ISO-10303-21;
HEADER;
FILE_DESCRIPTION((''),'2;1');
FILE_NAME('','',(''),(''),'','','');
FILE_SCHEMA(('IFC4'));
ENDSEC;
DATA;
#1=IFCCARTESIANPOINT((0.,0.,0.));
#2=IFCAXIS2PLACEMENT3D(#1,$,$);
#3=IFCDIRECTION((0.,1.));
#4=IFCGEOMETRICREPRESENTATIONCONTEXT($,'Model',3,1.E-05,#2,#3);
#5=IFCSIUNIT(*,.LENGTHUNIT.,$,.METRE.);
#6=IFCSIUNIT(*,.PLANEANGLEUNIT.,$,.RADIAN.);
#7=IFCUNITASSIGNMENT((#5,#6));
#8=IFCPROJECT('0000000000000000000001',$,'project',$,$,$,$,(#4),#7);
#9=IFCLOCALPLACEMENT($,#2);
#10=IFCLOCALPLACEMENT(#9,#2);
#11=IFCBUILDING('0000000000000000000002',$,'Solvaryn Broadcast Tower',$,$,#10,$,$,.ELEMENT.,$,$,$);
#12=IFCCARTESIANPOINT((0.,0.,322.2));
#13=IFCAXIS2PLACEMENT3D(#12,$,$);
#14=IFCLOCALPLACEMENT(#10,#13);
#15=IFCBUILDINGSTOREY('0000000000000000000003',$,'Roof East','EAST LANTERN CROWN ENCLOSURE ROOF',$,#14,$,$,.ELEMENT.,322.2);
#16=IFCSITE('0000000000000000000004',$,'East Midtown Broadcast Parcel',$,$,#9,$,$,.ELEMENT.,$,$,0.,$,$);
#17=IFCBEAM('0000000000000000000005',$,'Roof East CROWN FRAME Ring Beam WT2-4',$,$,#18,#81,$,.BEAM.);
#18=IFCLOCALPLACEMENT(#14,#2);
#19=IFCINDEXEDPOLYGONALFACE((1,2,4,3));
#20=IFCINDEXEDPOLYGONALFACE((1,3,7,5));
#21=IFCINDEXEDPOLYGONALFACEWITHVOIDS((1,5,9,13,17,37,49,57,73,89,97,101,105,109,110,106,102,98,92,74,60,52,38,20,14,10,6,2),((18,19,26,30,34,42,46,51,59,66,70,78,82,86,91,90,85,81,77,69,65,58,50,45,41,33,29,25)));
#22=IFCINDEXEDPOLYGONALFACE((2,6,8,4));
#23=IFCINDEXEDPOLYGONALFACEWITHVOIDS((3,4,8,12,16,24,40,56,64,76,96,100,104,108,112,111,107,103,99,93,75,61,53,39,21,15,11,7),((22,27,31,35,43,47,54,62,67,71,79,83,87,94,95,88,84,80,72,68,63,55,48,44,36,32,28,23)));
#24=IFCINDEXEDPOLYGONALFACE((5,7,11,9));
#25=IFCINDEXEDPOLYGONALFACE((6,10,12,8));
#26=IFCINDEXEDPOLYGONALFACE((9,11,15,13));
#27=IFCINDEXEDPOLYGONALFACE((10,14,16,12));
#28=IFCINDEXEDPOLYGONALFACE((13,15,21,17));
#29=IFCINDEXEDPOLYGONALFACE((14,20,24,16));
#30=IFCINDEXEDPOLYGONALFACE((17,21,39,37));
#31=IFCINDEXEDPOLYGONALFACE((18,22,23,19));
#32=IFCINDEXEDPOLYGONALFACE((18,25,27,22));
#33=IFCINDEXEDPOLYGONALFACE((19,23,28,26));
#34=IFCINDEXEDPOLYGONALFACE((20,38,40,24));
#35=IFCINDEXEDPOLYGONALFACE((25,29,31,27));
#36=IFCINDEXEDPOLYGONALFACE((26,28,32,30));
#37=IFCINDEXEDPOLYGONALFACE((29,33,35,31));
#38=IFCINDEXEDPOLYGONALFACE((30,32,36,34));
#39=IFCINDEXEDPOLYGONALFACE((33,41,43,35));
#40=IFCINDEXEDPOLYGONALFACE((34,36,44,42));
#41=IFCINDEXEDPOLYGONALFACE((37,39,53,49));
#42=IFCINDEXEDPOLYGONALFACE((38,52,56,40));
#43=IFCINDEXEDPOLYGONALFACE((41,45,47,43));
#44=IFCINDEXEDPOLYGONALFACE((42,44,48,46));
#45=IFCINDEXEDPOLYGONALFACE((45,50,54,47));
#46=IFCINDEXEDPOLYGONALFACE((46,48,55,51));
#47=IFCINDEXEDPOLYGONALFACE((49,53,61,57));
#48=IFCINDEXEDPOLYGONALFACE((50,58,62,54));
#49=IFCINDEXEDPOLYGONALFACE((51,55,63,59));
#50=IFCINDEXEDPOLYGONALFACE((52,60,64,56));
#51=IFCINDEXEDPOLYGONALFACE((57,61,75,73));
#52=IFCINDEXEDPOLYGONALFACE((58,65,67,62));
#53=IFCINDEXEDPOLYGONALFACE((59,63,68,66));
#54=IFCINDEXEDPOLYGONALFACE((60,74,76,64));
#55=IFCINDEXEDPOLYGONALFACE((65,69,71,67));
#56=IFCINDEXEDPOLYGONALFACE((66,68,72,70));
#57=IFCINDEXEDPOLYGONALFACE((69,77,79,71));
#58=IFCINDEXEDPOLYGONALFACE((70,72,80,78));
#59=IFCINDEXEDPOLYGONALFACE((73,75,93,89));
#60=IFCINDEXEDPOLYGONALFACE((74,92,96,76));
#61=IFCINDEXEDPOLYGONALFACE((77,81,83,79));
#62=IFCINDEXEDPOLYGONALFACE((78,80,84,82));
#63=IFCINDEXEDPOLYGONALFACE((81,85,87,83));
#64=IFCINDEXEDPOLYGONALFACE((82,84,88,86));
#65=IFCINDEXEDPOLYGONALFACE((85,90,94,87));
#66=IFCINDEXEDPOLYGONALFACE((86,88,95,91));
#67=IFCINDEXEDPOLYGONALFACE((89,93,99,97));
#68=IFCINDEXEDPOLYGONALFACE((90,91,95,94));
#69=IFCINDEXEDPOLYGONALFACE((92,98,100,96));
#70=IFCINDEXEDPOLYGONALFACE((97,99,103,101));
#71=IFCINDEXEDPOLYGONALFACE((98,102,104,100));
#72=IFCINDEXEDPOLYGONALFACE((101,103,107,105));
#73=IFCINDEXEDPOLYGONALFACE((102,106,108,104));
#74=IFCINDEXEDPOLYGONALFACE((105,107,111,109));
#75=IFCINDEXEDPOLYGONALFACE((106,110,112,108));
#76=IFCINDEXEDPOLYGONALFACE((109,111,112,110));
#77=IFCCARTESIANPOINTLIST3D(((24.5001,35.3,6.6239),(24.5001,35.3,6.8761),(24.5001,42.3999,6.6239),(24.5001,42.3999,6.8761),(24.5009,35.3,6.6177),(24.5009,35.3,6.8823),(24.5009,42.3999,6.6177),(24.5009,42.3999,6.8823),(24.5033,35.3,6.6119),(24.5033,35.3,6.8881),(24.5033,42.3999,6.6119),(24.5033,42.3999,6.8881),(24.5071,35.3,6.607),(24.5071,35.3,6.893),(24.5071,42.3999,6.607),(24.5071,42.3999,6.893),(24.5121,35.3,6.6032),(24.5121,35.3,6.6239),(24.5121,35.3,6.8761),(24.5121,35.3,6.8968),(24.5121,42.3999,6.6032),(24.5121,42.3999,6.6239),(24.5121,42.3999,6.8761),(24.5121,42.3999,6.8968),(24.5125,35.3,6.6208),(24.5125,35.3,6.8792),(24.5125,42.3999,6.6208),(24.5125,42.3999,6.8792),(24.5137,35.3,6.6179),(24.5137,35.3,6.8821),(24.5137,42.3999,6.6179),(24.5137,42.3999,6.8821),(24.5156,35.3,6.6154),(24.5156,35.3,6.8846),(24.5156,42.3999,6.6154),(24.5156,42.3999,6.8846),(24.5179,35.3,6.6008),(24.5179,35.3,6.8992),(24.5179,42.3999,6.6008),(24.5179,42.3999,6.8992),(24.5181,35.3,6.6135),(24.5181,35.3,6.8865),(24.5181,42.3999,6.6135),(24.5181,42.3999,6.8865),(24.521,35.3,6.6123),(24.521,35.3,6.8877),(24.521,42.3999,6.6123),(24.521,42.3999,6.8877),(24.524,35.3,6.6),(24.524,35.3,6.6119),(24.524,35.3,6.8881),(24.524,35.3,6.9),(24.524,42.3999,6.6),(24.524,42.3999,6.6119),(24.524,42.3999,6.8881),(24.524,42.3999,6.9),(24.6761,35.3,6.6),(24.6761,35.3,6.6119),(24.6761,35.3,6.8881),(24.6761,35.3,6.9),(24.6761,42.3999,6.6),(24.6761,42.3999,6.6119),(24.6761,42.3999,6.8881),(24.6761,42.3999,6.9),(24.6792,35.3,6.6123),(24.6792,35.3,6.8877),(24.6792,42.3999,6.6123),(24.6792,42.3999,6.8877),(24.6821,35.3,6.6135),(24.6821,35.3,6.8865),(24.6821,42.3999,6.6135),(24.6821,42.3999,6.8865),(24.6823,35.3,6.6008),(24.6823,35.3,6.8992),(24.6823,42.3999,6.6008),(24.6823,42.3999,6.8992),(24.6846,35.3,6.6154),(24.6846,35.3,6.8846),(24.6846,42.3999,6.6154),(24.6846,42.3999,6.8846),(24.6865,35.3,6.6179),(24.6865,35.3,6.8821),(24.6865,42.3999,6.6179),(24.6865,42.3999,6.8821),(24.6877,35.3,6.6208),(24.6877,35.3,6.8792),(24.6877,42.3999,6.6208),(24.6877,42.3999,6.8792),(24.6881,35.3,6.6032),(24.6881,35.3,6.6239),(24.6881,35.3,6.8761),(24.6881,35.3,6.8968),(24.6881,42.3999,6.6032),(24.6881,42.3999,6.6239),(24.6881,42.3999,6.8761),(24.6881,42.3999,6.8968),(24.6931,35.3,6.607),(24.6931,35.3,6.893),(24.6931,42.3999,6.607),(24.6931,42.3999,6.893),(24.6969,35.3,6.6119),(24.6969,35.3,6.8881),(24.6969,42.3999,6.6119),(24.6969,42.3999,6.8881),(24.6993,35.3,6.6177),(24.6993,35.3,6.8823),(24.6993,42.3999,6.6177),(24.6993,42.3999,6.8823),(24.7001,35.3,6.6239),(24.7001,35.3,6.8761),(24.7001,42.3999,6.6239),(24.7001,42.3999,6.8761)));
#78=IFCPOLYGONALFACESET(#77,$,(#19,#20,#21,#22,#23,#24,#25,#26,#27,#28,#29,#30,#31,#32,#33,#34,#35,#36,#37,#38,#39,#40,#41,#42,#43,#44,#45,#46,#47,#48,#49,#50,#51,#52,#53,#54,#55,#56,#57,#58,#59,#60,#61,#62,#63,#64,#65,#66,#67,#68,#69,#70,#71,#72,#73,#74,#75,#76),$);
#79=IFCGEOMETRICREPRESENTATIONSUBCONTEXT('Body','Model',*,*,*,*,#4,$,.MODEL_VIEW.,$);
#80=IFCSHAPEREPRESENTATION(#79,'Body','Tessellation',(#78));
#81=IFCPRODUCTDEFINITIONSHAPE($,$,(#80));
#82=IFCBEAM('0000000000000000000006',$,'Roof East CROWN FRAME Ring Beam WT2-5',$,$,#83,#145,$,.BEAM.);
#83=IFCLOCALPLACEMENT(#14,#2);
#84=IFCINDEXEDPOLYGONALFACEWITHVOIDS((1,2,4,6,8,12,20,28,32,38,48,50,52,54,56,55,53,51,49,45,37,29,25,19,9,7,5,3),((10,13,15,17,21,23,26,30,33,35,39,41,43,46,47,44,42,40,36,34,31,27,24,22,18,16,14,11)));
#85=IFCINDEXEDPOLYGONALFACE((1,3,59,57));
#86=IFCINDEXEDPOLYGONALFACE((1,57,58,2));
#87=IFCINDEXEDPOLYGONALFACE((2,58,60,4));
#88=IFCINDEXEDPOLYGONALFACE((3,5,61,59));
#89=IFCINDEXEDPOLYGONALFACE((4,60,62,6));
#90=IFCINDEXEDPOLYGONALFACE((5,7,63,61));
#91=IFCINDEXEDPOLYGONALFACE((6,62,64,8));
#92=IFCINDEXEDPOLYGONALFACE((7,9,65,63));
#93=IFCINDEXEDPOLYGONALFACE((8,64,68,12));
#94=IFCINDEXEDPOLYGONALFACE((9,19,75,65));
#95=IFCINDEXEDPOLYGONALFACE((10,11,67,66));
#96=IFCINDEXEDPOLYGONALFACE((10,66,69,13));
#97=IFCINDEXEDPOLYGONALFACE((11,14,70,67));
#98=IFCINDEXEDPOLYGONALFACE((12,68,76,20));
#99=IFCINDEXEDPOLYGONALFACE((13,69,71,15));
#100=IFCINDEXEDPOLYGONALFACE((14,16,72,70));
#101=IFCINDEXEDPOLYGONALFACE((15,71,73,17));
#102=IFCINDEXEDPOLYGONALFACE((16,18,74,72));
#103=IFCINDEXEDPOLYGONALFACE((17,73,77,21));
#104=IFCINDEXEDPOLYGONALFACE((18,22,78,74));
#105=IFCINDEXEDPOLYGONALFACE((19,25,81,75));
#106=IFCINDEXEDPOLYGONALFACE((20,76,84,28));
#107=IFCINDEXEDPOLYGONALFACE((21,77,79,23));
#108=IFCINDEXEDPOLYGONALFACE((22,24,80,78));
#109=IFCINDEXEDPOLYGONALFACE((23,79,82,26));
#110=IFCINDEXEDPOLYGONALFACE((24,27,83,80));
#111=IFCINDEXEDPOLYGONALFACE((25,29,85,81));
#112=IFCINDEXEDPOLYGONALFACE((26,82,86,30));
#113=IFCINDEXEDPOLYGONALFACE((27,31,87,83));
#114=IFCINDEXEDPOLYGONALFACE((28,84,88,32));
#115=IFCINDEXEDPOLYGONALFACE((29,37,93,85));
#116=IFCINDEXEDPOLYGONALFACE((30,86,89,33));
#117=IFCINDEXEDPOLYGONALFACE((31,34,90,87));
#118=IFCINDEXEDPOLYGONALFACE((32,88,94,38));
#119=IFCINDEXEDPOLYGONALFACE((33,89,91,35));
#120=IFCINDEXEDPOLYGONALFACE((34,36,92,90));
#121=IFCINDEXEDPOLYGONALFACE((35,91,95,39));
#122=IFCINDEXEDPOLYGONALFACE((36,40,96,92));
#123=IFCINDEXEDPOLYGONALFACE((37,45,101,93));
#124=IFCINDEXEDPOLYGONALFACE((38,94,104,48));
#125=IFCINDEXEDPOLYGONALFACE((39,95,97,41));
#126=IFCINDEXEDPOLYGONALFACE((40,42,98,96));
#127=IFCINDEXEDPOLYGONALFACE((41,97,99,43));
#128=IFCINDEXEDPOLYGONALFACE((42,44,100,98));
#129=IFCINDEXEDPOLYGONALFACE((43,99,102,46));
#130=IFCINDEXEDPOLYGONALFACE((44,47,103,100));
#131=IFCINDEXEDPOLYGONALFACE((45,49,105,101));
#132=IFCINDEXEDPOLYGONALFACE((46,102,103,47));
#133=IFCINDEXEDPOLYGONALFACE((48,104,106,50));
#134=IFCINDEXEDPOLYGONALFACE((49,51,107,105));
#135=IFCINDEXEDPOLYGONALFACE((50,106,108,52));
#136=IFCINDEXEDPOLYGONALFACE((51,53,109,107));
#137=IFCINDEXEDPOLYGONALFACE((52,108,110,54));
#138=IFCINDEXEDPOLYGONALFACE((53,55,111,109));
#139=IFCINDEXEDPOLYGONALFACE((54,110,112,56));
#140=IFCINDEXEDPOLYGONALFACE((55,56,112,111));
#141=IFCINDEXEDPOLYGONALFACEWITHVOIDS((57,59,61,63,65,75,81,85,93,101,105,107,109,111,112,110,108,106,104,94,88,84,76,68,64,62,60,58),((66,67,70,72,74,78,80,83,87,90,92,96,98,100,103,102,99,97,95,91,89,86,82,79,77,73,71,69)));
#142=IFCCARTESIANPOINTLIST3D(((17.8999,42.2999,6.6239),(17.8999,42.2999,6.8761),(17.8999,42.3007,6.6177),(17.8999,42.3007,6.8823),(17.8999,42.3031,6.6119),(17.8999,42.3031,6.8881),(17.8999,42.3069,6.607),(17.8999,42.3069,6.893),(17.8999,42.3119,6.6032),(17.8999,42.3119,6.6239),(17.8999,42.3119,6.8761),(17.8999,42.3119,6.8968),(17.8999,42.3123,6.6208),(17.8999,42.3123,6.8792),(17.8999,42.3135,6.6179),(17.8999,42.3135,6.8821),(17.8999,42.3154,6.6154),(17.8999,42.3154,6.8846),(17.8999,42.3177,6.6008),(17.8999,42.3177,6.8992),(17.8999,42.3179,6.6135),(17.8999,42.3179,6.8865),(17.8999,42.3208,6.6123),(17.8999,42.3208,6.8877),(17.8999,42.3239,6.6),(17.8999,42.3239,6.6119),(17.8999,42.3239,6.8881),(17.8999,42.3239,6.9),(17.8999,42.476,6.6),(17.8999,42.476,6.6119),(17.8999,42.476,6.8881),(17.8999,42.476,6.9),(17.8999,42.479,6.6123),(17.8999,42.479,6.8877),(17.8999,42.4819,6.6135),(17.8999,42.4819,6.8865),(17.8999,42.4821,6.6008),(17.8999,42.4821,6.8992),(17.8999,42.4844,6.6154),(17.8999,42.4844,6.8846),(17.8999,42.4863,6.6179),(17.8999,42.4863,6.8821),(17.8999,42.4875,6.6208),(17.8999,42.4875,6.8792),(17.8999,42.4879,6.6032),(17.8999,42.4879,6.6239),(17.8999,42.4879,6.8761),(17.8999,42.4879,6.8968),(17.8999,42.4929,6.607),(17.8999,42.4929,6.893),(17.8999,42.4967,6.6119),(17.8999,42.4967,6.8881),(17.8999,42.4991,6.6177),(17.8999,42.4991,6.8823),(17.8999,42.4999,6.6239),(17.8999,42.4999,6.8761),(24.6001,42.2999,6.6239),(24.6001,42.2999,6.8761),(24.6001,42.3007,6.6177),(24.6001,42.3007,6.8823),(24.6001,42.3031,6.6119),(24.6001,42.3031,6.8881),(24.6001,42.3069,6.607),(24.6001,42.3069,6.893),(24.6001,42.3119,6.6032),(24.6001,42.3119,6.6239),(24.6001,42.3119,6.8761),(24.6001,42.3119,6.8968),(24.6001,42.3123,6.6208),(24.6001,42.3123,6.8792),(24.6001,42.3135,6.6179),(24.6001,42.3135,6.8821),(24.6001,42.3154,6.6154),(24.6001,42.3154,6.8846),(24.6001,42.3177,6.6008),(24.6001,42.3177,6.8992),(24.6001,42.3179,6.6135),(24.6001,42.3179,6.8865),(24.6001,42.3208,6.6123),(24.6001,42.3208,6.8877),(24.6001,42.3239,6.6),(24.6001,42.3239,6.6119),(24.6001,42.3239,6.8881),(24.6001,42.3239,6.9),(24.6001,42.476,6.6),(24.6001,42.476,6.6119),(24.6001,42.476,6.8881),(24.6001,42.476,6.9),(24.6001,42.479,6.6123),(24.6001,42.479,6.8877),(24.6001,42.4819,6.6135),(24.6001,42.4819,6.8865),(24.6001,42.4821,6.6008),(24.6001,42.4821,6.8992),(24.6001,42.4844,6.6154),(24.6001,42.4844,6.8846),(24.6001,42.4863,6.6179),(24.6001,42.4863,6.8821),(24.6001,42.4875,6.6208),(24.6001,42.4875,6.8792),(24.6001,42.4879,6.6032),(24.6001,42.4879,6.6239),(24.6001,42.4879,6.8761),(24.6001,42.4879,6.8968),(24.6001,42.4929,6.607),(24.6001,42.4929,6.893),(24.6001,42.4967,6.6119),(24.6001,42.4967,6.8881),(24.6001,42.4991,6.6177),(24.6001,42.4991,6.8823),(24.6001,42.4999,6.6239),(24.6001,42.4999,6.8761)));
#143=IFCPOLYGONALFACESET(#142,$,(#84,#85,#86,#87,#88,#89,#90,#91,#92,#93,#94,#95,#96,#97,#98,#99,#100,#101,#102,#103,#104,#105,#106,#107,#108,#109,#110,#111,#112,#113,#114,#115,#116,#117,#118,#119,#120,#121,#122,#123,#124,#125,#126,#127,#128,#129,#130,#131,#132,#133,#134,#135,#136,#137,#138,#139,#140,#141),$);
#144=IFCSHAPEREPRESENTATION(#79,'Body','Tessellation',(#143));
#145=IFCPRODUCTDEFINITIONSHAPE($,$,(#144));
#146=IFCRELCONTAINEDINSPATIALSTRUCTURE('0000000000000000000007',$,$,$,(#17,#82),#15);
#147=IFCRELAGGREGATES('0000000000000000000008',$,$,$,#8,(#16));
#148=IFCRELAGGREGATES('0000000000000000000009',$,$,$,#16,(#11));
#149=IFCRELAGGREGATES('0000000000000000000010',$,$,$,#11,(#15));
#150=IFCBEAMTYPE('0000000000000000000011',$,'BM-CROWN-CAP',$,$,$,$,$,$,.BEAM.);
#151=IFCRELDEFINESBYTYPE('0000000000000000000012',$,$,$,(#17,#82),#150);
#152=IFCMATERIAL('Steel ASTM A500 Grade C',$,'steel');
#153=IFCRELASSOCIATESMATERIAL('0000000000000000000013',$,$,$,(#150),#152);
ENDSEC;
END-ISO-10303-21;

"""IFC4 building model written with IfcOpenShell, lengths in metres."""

from ifc_helpers import new_model, si_unit, direction, frame, origin, origin_2d, place, context, subcontext, project, spatial, hollow_rectangle, extrude, material, material_profile, profile_set, type_object, element, save


model = new_model("IFC4")

# Units and contexts
model_context = context("Model", 3, precision=1e-05, world=origin(), true_north=direction((0.0, 1.0)))
body_context = subcontext(model_context, "Body", "Model", "MODEL_VIEW")
ifc_project = project(units=[si_unit("LENGTHUNIT", "METRE"), si_unit("PLANEANGLEUNIT", "RADIAN")], contexts=[model_context])

# Site, building, storey
site_placement = place(None, origin())
site = spatial("IfcSite", under=ifc_project, at=site_placement, Name="East Midtown Broadcast Parcel", CompositionType="ELEMENT", RefElevation=0.0)
building_placement = place(site_placement, origin())
building = spatial("IfcBuilding", under=site, at=building_placement, Name="Solvaryn Broadcast Tower", CompositionType="ELEMENT")
storey_placement = place(building_placement, frame((0.0, 0.0, 322.2)))
storey = spatial("IfcBuildingStorey", under=building, at=storey_placement, Name="Roof East", Description="EAST LANTERN CROWN ENCLOSURE ROOF", CompositionType="ELEMENT", Elevation=322.2)

# Beams
ifc_material_1 = material(Name="Steel ASTM A500 Grade C", Category="steel")
ifc_material_profile_1 = material_profile(ifc_material_1, hollow_rectangle(XDim=0.2, YDim=0.3, WallThickness=0.012, InnerFilletRadius=0.012, OuterFilletRadius=0.0239, at=origin_2d()))
ifc_profile_set_1 = profile_set([ifc_material_profile_1], Name="Steel ASTM A500 Grade C")
beam_type_1 = type_object("IfcBeamType", Name="BM-CROWN-CAP", PredefinedType="BEAM", material=ifc_profile_set_1)
beam_1_placement = place(storey_placement, frame((24.6001, 35.3, 6.75), z_axis=(0.0, 1.0, 0.0), x_axis=(-1.0, 0.0, 0.0)))
element("IfcBeam", 1, at=beam_1_placement, inside=storey, type_object=beam_type_1, Name="Roof East CROWN FRAME Ring Beam WT2-4", PredefinedType="BEAM", context=body_context, shape_type="SweptSolid", body=[
    extrude(hollow_rectangle(XDim=0.2, YDim=0.3, WallThickness=0.012, InnerFilletRadius=0.012, OuterFilletRadius=0.0239, at=origin_2d()), origin(), (0.0, 0.0, 1.0), 7.0999),
])
beam_2_placement = place(storey_placement, frame((24.6001, 42.3999, 6.75), z_axis=(-1.0, 0.0, 0.0), x_axis=(0.0, -1.0, 0.0)))
element("IfcBeam", 2, at=beam_2_placement, inside=storey, type_object=beam_type_1, Name="Roof East CROWN FRAME Ring Beam WT2-5", PredefinedType="BEAM", context=body_context, shape_type="SweptSolid", body=[
    extrude(hollow_rectangle(XDim=0.2, YDim=0.3, WallThickness=0.012, InnerFilletRadius=0.012, OuterFilletRadius=0.0239, at=origin_2d()), origin(), (0.0, 0.0, 1.0), 6.7002),
])

save(model, "model.ifc")
